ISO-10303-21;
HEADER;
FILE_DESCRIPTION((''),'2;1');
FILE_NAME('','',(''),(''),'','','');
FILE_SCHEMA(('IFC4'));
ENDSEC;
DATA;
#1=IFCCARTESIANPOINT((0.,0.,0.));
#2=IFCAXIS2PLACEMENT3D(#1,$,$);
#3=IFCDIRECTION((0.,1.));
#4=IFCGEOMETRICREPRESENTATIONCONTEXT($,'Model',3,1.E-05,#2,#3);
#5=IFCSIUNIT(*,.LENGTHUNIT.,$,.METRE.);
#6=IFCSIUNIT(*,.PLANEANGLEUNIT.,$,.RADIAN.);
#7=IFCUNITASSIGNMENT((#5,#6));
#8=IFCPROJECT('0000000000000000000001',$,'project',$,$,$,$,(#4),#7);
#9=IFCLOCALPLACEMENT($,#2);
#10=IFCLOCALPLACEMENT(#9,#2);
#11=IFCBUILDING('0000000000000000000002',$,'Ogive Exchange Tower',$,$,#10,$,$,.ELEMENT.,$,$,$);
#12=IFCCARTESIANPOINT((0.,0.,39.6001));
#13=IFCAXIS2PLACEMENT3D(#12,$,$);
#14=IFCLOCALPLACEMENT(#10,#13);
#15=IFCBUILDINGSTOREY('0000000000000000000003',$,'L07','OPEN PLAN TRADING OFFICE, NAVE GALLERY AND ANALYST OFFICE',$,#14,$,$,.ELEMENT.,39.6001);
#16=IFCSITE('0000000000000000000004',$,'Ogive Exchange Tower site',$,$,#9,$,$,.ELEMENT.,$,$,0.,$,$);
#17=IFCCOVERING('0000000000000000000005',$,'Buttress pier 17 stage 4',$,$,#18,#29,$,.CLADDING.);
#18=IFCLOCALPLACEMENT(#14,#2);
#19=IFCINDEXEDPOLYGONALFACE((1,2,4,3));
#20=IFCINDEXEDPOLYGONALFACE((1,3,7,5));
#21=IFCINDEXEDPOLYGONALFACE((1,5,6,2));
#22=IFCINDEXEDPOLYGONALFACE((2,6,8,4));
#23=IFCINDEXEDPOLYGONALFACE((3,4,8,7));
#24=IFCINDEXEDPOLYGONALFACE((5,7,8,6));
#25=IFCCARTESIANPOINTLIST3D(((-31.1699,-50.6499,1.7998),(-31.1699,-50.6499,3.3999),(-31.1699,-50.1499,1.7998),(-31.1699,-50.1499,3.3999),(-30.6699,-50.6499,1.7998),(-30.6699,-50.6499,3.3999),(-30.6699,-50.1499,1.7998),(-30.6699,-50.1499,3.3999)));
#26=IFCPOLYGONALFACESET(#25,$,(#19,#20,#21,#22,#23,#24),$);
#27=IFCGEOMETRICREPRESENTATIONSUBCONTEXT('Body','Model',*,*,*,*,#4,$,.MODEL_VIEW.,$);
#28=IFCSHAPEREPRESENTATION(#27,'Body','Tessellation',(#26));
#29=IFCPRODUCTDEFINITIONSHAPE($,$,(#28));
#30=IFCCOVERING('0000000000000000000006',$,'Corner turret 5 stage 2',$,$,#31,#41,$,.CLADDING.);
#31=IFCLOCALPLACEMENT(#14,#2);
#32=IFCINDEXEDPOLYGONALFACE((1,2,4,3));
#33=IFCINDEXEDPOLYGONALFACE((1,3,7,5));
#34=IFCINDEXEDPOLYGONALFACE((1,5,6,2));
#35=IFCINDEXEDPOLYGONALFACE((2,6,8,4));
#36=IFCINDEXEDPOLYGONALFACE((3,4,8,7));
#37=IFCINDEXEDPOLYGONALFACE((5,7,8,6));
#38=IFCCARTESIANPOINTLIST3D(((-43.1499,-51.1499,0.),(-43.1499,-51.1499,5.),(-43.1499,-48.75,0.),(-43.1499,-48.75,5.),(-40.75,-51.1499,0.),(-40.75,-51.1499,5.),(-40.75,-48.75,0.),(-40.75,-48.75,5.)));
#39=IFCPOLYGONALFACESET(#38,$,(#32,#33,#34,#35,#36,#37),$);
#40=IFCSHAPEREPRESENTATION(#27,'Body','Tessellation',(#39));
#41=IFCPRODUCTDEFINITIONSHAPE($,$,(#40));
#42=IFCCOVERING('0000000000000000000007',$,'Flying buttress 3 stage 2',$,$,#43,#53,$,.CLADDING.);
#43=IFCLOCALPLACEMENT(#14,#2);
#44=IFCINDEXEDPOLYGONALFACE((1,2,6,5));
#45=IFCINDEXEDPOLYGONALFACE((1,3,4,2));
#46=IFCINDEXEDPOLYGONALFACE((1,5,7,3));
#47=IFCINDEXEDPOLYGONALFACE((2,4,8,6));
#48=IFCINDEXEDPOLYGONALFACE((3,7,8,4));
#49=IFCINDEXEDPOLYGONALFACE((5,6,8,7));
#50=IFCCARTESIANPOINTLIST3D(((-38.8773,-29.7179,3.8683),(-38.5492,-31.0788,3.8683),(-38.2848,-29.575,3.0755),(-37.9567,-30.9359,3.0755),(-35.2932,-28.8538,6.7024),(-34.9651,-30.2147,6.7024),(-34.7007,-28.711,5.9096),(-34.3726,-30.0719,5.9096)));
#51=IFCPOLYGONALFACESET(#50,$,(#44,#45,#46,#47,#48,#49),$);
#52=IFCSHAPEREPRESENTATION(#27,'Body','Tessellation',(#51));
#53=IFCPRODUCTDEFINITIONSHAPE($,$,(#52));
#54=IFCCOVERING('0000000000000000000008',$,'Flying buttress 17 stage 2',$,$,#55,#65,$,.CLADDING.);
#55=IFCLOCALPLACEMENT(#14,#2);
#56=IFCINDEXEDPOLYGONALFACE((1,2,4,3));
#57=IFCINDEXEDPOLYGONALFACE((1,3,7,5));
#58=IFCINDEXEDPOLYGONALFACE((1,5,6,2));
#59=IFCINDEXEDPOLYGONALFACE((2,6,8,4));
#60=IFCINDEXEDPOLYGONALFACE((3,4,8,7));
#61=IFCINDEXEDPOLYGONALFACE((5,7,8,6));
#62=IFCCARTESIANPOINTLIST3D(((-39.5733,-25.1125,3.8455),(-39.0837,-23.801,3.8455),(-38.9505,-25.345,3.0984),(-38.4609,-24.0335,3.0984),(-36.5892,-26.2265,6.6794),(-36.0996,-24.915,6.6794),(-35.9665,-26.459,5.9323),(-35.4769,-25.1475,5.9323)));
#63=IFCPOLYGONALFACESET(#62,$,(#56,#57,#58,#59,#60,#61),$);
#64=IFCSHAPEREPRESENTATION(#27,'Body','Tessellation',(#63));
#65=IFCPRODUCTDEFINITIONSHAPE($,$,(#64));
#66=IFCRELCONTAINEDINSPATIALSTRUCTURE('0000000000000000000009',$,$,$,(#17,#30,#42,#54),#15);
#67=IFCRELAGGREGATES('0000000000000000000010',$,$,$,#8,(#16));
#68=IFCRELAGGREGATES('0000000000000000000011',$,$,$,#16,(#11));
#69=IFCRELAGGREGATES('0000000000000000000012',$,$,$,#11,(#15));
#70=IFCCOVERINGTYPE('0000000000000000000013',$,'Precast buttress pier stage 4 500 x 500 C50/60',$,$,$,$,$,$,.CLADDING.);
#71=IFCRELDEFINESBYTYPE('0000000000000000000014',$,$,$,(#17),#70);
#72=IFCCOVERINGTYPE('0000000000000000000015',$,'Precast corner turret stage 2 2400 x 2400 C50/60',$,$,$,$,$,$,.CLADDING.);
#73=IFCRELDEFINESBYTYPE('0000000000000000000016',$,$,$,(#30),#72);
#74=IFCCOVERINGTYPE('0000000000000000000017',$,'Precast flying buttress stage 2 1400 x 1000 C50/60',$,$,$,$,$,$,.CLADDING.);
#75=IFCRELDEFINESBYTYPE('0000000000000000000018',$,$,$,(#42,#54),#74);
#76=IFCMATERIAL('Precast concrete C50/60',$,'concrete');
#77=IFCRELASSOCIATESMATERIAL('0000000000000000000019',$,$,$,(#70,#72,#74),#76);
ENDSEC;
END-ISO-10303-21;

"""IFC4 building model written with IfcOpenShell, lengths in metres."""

from ifc_helpers import new_model, si_unit, direction, frame, origin, origin_2d, place, context, subcontext, project, spatial, rectangle, extrude, material, material_profile, profile_set, type_object, element, save


model = new_model("IFC4")

# Units and contexts
model_context = context("Model", 3, precision=1e-05, world=origin(), true_north=direction((0.0, 1.0)))
body_context = subcontext(model_context, "Body", "Model", "MODEL_VIEW")
ifc_project = project(units=[si_unit("LENGTHUNIT", "METRE"), si_unit("PLANEANGLEUNIT", "RADIAN")], contexts=[model_context])

# Site, building, storey
site_placement = place(None, origin())
site = spatial("IfcSite", under=ifc_project, at=site_placement, Name="Ogive Exchange Tower site", CompositionType="ELEMENT", RefElevation=0.0)
building_placement = place(site_placement, origin())
building = spatial("IfcBuilding", under=site, at=building_placement, Name="Ogive Exchange Tower", CompositionType="ELEMENT")
storey_placement = place(building_placement, frame((0.0, 0.0, 39.6001)))
storey = spatial("IfcBuildingStorey", under=building, at=storey_placement, Name="L07", Description="OPEN PLAN TRADING OFFICE, NAVE GALLERY AND ANALYST OFFICE", CompositionType="ELEMENT", Elevation=39.6001)

# Coverings
ifc_material_1 = material(Name="Precast concrete C50/60", Category="concrete")
ifc_material_profile_1 = material_profile(ifc_material_1, rectangle(XDim=0.5, YDim=0.5, at=origin_2d()), Name="BUTTRESS PIER 4 500 x 500")
ifc_profile_set_1 = profile_set([ifc_material_profile_1], Name="Precast concrete C50/60")
covering_type_1 = type_object("IfcCoveringType", Name="Precast buttress pier stage 4 500 x 500 C50/60", PredefinedType="CLADDING", material=ifc_profile_set_1)
for number, where, z_axis, x_axis, name in (
    (1, (-30.9199, -50.3999, 1.7998), (0.0, 0.0, 1.0), (1.0, 0.0, 0.0), "Buttress pier 17 stage 4"),
):
    element("IfcCovering", number, at=place(storey_placement, frame(where, z_axis=z_axis, x_axis=x_axis)), inside=storey, type_object=covering_type_1, Name=name, PredefinedType="CLADDING", context=body_context, shape_type="SweptSolid", body=[
        extrude(rectangle(XDim=0.5, YDim=0.5, at=origin_2d()), origin(), (0.0, 0.0, 1.0), 1.6001),
    ])
ifc_material_profile_2 = material_profile(ifc_material_1, rectangle(XDim=2.3999, YDim=2.3999, at=origin_2d()), Name="CORNER TURRET 2 2400 x 2400")
ifc_profile_set_2 = profile_set([ifc_material_profile_2], Name="Precast concrete C50/60")
covering_type_2 = type_object("IfcCoveringType", Name="Precast corner turret stage 2 2400 x 2400 C50/60", PredefinedType="CLADDING", material=ifc_profile_set_2)
covering_1_placement = place(storey_placement, frame((-41.95, -49.95, 0.0), z_axis=(0.0, 0.0, 1.0), x_axis=(1.0, 0.0, 0.0)))
element("IfcCovering", 2, at=covering_1_placement, inside=storey, type_object=covering_type_2, Name="Corner turret 5 stage 2", PredefinedType="CLADDING", context=body_context, shape_type="SweptSolid", body=[
    extrude(rectangle(XDim=2.3999, YDim=2.3999, at=origin_2d()), origin(), (0.0, 0.0, 1.0), 5.0),
])
ifc_material_profile_3 = material_profile(ifc_material_1, rectangle(XDim=1.3999, YDim=1.0, at=origin_2d()), Name="FLYING BUTTRESS 2 1400 x 1000")
ifc_profile_set_3 = profile_set([ifc_material_profile_3], Name="Precast concrete C50/60")
covering_type_3 = type_object("IfcCoveringType", Name="Precast flying buttress stage 2 1400 x 1000 C50/60", PredefinedType="CLADDING", material=ifc_profile_set_3)
covering_2_placement = place(storey_placement, frame((-38.417, -30.3269, 3.4719), z_axis=(0.770742, 0.185808, 0.609453), x_axis=(-0.234362, 0.972149, 0.0)))
element("IfcCovering", 3, at=covering_2_placement, inside=storey, type_object=covering_type_3, Name="Flying buttress 3 stage 2", PredefinedType="CLADDING", context=body_context, shape_type="SweptSolid", body=[
    extrude(rectangle(XDim=1.3999, YDim=1.0, at=origin_2d()), origin(), (0.0, 0.0, 1.0), 4.6501),
])
covering_3_placement = place(storey_placement, frame((-39.0171, -24.573, 3.4719), z_axis=(0.699923, -0.26129, 0.664707), x_axis=(0.349737, 0.936848, 0.0)))
element("IfcCovering", 4, at=covering_3_placement, inside=storey, type_object=covering_type_3, Name="Flying buttress 17 stage 2", PredefinedType="CLADDING", context=body_context, shape_type="SweptSolid", body=[
    extrude(rectangle(XDim=1.3999, YDim=1.0, at=origin_2d()), origin(), (0.0, 0.0, 1.0), 4.2634),
])

save(model, "model.ifc")
